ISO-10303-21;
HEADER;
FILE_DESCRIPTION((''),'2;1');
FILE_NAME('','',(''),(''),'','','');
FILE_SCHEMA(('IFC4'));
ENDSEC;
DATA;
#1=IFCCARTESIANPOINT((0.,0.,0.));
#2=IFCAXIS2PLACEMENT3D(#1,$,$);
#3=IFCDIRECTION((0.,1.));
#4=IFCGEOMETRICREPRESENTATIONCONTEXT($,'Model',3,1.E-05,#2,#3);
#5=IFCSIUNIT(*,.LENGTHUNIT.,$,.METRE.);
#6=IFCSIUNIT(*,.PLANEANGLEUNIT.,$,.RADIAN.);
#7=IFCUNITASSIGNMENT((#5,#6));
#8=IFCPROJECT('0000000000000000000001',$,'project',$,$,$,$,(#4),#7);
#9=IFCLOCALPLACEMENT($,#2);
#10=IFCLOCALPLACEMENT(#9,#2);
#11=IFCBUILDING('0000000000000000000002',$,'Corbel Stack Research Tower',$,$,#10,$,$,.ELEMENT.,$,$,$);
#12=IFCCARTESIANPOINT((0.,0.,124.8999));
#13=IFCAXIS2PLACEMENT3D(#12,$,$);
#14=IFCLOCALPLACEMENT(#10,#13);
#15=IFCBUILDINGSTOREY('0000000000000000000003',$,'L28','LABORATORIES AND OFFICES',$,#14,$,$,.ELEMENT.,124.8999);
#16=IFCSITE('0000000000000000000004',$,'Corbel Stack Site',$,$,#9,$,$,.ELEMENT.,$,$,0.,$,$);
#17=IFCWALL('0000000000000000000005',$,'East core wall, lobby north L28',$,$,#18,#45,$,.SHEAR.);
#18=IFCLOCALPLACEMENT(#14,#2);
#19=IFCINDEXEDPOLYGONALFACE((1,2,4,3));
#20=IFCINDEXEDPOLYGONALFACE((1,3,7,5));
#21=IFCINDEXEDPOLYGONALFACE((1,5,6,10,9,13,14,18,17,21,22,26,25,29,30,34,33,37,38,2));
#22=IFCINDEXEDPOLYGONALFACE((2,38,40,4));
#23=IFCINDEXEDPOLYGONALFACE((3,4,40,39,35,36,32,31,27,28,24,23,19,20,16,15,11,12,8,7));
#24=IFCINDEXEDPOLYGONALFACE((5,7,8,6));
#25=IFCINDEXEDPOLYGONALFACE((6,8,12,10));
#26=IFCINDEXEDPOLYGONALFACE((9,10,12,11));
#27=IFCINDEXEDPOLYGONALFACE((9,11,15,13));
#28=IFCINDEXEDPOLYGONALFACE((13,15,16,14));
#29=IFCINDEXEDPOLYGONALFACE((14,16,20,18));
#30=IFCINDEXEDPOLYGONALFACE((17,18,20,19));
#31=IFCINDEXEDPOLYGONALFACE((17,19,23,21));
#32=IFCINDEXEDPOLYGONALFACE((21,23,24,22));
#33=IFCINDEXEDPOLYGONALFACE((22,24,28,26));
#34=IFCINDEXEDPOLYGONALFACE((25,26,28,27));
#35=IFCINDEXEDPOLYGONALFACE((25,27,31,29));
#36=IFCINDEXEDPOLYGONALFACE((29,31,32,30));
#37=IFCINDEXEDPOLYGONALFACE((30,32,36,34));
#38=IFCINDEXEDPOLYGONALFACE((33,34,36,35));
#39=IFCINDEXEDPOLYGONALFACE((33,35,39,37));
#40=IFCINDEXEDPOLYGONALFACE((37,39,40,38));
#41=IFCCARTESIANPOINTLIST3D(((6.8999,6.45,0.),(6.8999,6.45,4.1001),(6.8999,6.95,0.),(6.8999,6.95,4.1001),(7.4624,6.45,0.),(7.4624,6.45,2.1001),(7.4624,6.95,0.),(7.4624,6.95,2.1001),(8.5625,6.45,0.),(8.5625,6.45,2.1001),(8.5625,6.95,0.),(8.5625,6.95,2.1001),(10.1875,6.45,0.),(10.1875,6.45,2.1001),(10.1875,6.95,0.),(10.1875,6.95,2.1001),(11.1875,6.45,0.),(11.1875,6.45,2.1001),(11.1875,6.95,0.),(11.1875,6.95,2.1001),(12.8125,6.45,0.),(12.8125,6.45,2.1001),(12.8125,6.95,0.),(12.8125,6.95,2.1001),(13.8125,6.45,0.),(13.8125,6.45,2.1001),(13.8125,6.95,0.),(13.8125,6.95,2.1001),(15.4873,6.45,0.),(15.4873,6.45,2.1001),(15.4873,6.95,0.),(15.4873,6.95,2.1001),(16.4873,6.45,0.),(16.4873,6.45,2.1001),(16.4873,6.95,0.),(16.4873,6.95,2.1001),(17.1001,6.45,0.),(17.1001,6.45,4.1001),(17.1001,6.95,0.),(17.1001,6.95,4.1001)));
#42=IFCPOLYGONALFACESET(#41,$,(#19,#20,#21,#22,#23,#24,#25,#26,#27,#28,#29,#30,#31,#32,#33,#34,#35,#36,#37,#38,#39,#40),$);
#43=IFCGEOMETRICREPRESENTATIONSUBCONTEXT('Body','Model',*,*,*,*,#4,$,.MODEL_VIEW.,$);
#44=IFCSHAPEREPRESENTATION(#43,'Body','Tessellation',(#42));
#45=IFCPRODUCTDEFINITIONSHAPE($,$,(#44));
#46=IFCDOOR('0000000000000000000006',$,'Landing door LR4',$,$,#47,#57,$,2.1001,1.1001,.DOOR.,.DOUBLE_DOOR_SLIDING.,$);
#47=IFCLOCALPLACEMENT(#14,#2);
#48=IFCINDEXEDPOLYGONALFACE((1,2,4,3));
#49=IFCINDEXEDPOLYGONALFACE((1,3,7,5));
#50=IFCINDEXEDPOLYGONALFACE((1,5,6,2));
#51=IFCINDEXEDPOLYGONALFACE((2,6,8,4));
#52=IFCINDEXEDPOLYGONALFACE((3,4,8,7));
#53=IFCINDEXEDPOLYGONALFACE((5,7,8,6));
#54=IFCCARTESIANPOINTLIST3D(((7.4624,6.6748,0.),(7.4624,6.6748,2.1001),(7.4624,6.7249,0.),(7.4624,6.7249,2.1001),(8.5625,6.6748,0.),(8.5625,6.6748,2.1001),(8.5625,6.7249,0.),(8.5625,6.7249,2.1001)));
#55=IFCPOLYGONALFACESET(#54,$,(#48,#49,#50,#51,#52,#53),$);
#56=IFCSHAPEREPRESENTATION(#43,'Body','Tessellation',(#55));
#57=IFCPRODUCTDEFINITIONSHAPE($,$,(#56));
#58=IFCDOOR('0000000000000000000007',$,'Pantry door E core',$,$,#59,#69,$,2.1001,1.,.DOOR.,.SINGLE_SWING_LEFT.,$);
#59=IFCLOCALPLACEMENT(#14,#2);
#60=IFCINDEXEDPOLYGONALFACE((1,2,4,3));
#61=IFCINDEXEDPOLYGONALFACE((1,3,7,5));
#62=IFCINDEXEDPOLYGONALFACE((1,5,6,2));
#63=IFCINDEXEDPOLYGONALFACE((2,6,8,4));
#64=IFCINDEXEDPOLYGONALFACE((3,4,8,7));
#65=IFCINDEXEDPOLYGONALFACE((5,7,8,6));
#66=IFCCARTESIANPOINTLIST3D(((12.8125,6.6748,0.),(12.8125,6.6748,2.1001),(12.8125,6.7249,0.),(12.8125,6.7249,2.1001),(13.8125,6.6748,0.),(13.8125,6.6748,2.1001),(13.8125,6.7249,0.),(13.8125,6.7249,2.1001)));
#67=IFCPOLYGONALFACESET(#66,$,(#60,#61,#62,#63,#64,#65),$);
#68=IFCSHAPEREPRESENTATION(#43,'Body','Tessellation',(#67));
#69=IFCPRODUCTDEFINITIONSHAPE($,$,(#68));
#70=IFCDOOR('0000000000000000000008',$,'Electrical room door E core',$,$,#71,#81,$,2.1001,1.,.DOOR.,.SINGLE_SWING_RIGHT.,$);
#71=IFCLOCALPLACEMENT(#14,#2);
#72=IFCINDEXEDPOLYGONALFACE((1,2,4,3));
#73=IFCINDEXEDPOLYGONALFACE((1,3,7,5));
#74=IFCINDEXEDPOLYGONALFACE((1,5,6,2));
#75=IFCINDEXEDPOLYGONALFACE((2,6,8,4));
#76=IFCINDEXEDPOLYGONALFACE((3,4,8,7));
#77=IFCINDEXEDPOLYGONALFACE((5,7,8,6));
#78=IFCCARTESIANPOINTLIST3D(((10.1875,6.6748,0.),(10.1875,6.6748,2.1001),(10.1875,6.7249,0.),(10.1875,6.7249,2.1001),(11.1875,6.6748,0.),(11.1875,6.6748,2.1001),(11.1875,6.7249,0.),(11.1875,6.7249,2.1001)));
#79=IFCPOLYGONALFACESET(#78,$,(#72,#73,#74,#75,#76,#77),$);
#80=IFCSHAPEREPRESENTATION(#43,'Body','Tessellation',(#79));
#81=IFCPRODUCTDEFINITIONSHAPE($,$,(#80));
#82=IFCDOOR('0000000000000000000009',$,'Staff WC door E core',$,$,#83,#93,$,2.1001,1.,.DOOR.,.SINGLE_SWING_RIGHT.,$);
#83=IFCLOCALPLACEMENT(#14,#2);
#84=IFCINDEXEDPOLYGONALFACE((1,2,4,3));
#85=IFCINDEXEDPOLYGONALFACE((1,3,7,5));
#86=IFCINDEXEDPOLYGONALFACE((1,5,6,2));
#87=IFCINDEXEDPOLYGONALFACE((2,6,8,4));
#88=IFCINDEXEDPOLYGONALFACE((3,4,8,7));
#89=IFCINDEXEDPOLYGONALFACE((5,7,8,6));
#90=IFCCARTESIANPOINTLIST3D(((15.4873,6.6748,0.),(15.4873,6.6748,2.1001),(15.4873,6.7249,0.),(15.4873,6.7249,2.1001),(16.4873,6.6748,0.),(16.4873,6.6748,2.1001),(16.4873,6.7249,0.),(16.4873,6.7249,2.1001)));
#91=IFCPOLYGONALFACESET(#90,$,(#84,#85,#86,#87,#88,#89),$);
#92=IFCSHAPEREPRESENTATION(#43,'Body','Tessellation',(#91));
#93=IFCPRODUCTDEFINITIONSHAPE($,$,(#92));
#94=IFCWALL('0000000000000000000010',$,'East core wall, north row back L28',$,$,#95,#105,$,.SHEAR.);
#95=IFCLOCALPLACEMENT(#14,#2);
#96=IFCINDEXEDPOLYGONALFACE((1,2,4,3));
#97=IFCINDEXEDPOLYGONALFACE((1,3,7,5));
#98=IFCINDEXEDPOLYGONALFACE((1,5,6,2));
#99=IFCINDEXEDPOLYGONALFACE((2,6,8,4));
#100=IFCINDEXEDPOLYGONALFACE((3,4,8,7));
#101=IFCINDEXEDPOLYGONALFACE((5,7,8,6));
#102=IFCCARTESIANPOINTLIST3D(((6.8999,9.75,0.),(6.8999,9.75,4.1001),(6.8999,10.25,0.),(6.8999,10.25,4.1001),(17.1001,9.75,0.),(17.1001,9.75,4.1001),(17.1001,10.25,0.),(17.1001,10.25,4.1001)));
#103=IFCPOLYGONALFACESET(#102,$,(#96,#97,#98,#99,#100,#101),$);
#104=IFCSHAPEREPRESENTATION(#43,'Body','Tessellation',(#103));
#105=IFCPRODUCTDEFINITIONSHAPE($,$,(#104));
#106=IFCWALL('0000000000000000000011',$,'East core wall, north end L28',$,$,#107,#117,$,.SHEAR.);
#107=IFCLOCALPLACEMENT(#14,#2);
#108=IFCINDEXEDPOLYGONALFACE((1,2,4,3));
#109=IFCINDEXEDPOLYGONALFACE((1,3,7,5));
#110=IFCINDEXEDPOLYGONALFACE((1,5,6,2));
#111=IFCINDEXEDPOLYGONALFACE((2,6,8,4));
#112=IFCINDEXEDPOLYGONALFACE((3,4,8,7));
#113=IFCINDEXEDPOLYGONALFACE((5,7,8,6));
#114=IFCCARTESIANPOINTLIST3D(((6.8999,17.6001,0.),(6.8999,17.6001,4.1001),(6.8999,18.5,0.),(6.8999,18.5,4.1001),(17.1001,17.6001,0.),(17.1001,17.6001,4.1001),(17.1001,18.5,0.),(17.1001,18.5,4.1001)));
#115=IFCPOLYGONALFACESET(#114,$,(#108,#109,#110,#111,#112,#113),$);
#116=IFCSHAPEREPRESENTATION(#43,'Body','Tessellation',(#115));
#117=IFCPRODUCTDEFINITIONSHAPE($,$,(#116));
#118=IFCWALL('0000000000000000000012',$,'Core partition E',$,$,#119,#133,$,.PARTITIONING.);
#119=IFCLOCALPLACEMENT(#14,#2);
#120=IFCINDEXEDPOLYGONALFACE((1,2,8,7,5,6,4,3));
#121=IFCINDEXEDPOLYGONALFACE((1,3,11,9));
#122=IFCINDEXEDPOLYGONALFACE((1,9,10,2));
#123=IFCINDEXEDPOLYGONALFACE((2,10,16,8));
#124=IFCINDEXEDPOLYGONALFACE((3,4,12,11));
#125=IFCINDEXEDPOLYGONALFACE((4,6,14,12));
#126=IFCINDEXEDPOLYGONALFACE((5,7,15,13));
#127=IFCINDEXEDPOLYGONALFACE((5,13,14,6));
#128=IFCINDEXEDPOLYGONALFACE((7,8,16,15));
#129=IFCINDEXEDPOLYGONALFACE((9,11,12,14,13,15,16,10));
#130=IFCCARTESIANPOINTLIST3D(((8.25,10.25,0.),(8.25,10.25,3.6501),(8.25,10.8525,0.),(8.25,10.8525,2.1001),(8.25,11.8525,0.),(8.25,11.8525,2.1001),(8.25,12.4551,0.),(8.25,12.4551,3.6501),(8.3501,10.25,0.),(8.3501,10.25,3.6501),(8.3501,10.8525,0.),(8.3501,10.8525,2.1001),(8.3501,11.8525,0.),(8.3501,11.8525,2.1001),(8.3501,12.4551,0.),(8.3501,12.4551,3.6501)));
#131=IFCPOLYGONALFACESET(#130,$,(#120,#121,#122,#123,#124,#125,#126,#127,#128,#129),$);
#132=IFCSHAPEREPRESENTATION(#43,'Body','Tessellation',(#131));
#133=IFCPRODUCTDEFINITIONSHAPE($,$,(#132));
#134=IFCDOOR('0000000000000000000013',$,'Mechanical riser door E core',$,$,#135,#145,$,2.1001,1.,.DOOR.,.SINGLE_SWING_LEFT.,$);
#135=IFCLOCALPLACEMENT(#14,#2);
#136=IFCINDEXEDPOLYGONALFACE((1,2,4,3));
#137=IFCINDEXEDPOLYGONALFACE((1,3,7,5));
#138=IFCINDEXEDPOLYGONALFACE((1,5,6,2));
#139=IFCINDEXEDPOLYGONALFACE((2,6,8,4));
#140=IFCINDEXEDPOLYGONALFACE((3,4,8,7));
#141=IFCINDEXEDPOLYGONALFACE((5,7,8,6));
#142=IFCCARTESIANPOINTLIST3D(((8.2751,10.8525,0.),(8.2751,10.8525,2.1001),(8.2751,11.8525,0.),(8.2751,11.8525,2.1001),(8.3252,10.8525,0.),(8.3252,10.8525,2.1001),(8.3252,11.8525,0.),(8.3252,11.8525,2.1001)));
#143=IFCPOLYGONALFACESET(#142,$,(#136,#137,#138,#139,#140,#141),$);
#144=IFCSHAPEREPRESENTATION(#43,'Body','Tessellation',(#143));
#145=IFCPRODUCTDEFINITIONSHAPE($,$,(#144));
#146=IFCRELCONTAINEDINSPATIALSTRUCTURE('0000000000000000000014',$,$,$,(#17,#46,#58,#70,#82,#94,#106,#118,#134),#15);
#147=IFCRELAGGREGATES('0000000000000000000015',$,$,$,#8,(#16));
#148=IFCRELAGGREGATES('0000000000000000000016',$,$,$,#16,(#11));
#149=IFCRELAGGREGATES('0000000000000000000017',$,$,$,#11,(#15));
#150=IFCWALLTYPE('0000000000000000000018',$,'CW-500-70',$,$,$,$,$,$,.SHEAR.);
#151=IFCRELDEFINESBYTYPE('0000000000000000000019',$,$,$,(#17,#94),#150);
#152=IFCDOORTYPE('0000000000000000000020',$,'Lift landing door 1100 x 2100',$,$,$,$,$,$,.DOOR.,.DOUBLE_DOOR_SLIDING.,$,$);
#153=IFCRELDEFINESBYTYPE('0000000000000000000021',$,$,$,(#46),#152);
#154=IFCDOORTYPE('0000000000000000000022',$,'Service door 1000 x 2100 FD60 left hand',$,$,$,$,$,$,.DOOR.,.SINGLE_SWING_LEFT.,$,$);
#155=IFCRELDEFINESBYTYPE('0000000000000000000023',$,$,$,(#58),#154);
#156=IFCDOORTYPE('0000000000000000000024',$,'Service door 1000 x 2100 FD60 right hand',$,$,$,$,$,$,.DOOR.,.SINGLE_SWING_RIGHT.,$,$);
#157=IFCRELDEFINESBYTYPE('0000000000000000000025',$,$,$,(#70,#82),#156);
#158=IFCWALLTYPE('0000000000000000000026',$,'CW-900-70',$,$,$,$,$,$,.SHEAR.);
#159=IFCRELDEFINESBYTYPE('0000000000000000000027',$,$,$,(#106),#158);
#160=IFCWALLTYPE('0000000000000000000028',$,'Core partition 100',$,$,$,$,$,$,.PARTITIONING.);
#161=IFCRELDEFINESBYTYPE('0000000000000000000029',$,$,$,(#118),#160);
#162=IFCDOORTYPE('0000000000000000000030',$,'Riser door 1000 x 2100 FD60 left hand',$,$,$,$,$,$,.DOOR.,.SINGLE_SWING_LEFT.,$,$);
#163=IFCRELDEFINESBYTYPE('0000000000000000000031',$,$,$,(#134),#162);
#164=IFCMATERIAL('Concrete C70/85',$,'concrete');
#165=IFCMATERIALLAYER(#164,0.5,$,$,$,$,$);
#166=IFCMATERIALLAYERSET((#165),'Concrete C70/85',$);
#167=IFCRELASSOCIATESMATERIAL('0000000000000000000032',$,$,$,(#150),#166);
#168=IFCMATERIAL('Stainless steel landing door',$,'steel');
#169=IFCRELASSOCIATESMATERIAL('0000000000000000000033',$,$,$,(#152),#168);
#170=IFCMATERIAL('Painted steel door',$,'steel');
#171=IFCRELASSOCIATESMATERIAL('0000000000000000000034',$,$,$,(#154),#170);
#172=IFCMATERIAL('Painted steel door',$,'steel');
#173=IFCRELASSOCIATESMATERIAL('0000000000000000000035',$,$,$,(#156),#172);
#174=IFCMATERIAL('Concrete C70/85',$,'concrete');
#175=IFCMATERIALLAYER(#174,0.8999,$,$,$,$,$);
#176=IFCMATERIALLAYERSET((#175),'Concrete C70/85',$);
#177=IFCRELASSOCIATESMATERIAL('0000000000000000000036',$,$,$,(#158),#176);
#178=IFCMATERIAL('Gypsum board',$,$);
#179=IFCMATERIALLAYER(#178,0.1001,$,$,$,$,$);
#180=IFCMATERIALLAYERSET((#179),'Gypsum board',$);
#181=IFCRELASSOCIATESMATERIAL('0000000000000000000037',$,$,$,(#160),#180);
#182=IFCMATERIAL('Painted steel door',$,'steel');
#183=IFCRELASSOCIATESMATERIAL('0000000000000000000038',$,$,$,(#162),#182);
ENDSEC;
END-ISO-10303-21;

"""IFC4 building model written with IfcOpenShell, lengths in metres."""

from ifc_helpers import new_model, si_unit, direction, frame, frame_2d, origin, place, context, subcontext, project, spatial, rectangle, extrude, material, layer, layer_set, type_object, element, fill, save


model = new_model("IFC4")

# Units and contexts
model_context = context("Model", 3, precision=1e-05, world=origin(), true_north=direction((0.0, 1.0)))
body_context = subcontext(model_context, "Body", "Model", "MODEL_VIEW")
ifc_project = project(units=[si_unit("LENGTHUNIT", "METRE"), si_unit("PLANEANGLEUNIT", "RADIAN")], contexts=[model_context])

# Site, building, storey
site_placement = place(None, origin())
site = spatial("IfcSite", under=ifc_project, at=site_placement, Name="Corbel Stack Site", CompositionType="ELEMENT", RefElevation=0.0)
building_placement = place(site_placement, origin())
building = spatial("IfcBuilding", under=site, at=building_placement, Name="Corbel Stack Research Tower", CompositionType="ELEMENT")
storey_placement = place(building_placement, frame((0.0, 0.0, 124.8999)))
storey = spatial("IfcBuildingStorey", under=building, at=storey_placement, Name="L28", Description="LABORATORIES AND OFFICES", CompositionType="ELEMENT", Elevation=124.8999)

# Wall, openings, doors
ifc_material_1 = material(Name="Concrete C70/85", Category="concrete")
ifc_layer_1 = layer(ifc_material_1, 0.5)
ifc_layer_set_1 = layer_set([ifc_layer_1], Name="Concrete C70/85")
wall_type_1 = type_object("IfcWallType", Name="CW-500-70", PredefinedType="SHEAR", material=ifc_layer_set_1)
wall_1_placement = place(storey_placement, frame((6.8999, 6.7, 0.0), z_axis=(0.0, 0.0, 1.0), x_axis=(1.0, 0.0, 0.0)))
wall_1 = element("IfcWall", 1, at=wall_1_placement, inside=storey, type_object=wall_type_1, Name="East core wall, lobby north L28", PredefinedType="SHEAR", context=body_context, shape_type="SweptSolid", body=[
    extrude(rectangle(XDim=10.2002, YDim=0.5, at=frame_2d((5.1001, 0.0))), origin(), (0.0, 0.0, 1.0), 4.1001),
])
opening_1_placement = place(wall_1_placement, frame((0.5625, 0.0, 0.0)))
opening_1 = element("IfcOpeningElement", 2, at=opening_1_placement, cuts=wall_1, PredefinedType="OPENING", context=body_context, shape_type="SweptSolid", body=[
    extrude(rectangle(XDim=1.1001, YDim=2.1001, at=frame_2d((0.55, 1.05))), frame((0.0, 0.26, 0.0), z_axis=(0.0, -1.0, 0.0), x_axis=(1.0, 0.0, 0.0)), (0.0, 0.0, 1.0), 0.52),
])
opening_2_placement = place(wall_1_placement, frame((3.2876, 0.0, 0.0)))
opening_2 = element("IfcOpeningElement", 3, at=opening_2_placement, cuts=wall_1, PredefinedType="OPENING", context=body_context, shape_type="SweptSolid", body=[
    extrude(rectangle(XDim=1.0, YDim=2.1001, at=frame_2d((0.5, 1.05))), frame((0.0, 0.26, 0.0), z_axis=(0.0, -1.0, 0.0), x_axis=(1.0, 0.0, 0.0)), (0.0, 0.0, 1.0), 0.52),
])
opening_3_placement = place(wall_1_placement, frame((5.9126, 0.0, 0.0)))
opening_3 = element("IfcOpeningElement", 4, at=opening_3_placement, cuts=wall_1, PredefinedType="OPENING", context=body_context, shape_type="SweptSolid", body=[
    extrude(rectangle(XDim=1.0, YDim=2.1001, at=frame_2d((0.5, 1.05))), frame((0.0, 0.26, 0.0), z_axis=(0.0, -1.0, 0.0), x_axis=(1.0, 0.0, 0.0)), (0.0, 0.0, 1.0), 0.52),
])
opening_4_placement = place(wall_1_placement, frame((8.5874, 0.0, 0.0)))
opening_4 = element("IfcOpeningElement", 5, at=opening_4_placement, cuts=wall_1, PredefinedType="OPENING", context=body_context, shape_type="SweptSolid", body=[
    extrude(rectangle(XDim=1.0, YDim=2.1001, at=frame_2d((0.5, 1.05))), frame((0.0, 0.26, 0.0), z_axis=(0.0, -1.0, 0.0), x_axis=(1.0, 0.0, 0.0)), (0.0, 0.0, 1.0), 0.52),
])
ifc_material_2 = material(Name="Stainless steel landing door", Category="steel")
door_type_1 = type_object("IfcDoorType", Name="Lift landing door 1100 x 2100", OperationType="DOUBLE_DOOR_SLIDING", PredefinedType="DOOR", material=ifc_material_2)
door_1_placement = place(opening_1_placement, origin())
door_1 = element("IfcDoor", 6, at=door_1_placement, inside=storey, type_object=door_type_1, Name="Landing door LR4", OperationType="DOUBLE_DOOR_SLIDING", OverallHeight=2.1001, OverallWidth=1.1001, PredefinedType="DOOR", context=body_context, shape_type="SweptSolid", body=[
    extrude(rectangle(XDim=1.1001, YDim=2.1001, at=frame_2d((0.55, 1.05))), frame((0.0, 0.0249, 0.0), z_axis=(0.0, -1.0, 0.0), x_axis=(1.0, 0.0, 0.0)), (0.0, 0.0, 1.0), 0.05),
])
fill(opening_1, door_1)
ifc_material_3 = material(Name="Painted steel door", Category="steel")
door_type_2 = type_object("IfcDoorType", Name="Service door 1000 x 2100 FD60 left hand", OperationType="SINGLE_SWING_LEFT", PredefinedType="DOOR", material=ifc_material_3)
door_2_placement = place(opening_3_placement, origin())
door_2 = element("IfcDoor", 7, at=door_2_placement, inside=storey, type_object=door_type_2, Name="Pantry door E core", OperationType="SINGLE_SWING_LEFT", OverallHeight=2.1001, OverallWidth=1.0, PredefinedType="DOOR", context=body_context, shape_type="SweptSolid", body=[
    extrude(rectangle(XDim=1.0, YDim=2.1001, at=frame_2d((0.5, 1.05))), frame((0.0, 0.0249, 0.0), z_axis=(0.0, -1.0, 0.0), x_axis=(1.0, 0.0, 0.0)), (0.0, 0.0, 1.0), 0.05),
])
fill(opening_3, door_2)
ifc_material_4 = material(Name="Painted steel door", Category="steel")
door_type_3 = type_object("IfcDoorType", Name="Service door 1000 x 2100 FD60 right hand", OperationType="SINGLE_SWING_RIGHT", PredefinedType="DOOR", material=ifc_material_4)
door_3_placement = place(opening_2_placement, origin())
door_3 = element("IfcDoor", 8, at=door_3_placement, inside=storey, type_object=door_type_3, Name="Electrical room door E core", OperationType="SINGLE_SWING_RIGHT", OverallHeight=2.1001, OverallWidth=1.0, PredefinedType="DOOR", context=body_context, shape_type="SweptSolid", body=[
    extrude(rectangle(XDim=1.0, YDim=2.1001, at=frame_2d((0.5, 1.05))), frame((0.0, 0.0249, 0.0), z_axis=(0.0, -1.0, 0.0), x_axis=(1.0, 0.0, 0.0)), (0.0, 0.0, 1.0), 0.05),
])
fill(opening_2, door_3)
door_4_placement = place(opening_4_placement, origin())
door_4 = element("IfcDoor", 9, at=door_4_placement, inside=storey, type_object=door_type_3, Name="Staff WC door E core", OperationType="SINGLE_SWING_RIGHT", OverallHeight=2.1001, OverallWidth=1.0, PredefinedType="DOOR", context=body_context, shape_type="SweptSolid", body=[
    extrude(rectangle(XDim=1.0, YDim=2.1001, at=frame_2d((0.5, 1.05))), frame((0.0, 0.0249, 0.0), z_axis=(0.0, -1.0, 0.0), x_axis=(1.0, 0.0, 0.0)), (0.0, 0.0, 1.0), 0.05),
])
fill(opening_4, door_4)

# Walls
wall_2_placement = place(storey_placement, frame((6.8999, 10.0, 0.0), z_axis=(0.0, 0.0, 1.0), x_axis=(1.0, 0.0, 0.0)))
element("IfcWall", 10, at=wall_2_placement, inside=storey, type_object=wall_type_1, Name="East core wall, north row back L28", PredefinedType="SHEAR", context=body_context, shape_type="SweptSolid", body=[
    extrude(rectangle(XDim=10.2002, YDim=0.5, at=frame_2d((5.1001, 0.0))), origin(), (0.0, 0.0, 1.0), 4.1001),
])
ifc_material_5 = material(Name="Concrete C70/85", Category="concrete")
ifc_layer_2 = layer(ifc_material_5, 0.8999)
ifc_layer_set_2 = layer_set([ifc_layer_2], Name="Concrete C70/85")
wall_type_2 = type_object("IfcWallType", Name="CW-900-70", PredefinedType="SHEAR", material=ifc_layer_set_2)
wall_3_placement = place(storey_placement, frame((6.8999, 18.05, 0.0), z_axis=(0.0, 0.0, 1.0), x_axis=(1.0, 0.0, 0.0)))
element("IfcWall", 11, at=wall_3_placement, inside=storey, type_object=wall_type_2, Name="East core wall, north end L28", PredefinedType="SHEAR", context=body_context, shape_type="SweptSolid", body=[
    extrude(rectangle(XDim=10.2002, YDim=0.8999, at=frame_2d((5.1001, 0.0))), origin(), (0.0, 0.0, 1.0), 4.1001),
])

# Wall, opening, door
ifc_material_6 = material(Name="Gypsum board")
ifc_layer_3 = layer(ifc_material_6, 0.1001)
ifc_layer_set_3 = layer_set([ifc_layer_3], Name="Gypsum board")
wall_type_3 = type_object("IfcWallType", Name="Core partition 100", PredefinedType="PARTITIONING", material=ifc_layer_set_3)
wall_4_placement = place(storey_placement, frame((8.3, 10.25, 0.0), z_axis=(0.0, 0.0, 1.0), x_axis=(0.0, 1.0, 0.0)))
wall_4 = element("IfcWall", 12, at=wall_4_placement, inside=storey, type_object=wall_type_3, Name="Core partition E", PredefinedType="PARTITIONING", context=body_context, shape_type="SweptSolid", body=[
    extrude(rectangle(XDim=2.2051, YDim=0.1001, at=frame_2d((1.1025, 0.0))), origin(), (0.0, 0.0, 1.0), 3.6501),
])
opening_5_placement = place(wall_4_placement, frame((0.6025, 0.0, 0.0)))
opening_5 = element("IfcOpeningElement", 13, at=opening_5_placement, cuts=wall_4, PredefinedType="OPENING", context=body_context, shape_type="SweptSolid", body=[
    extrude(rectangle(XDim=1.0, YDim=2.1001, at=frame_2d((0.5, 1.05))), frame((0.0, 0.0601, 0.0), z_axis=(0.0, -1.0, 0.0), x_axis=(1.0, 0.0, 0.0)), (0.0, 0.0, 1.0), 0.1201),
])
ifc_material_7 = material(Name="Painted steel door", Category="steel")
door_type_4 = type_object("IfcDoorType", Name="Riser door 1000 x 2100 FD60 left hand", OperationType="SINGLE_SWING_LEFT", PredefinedType="DOOR", material=ifc_material_7)
door_5_placement = place(opening_5_placement, origin())
door_5 = element("IfcDoor", 14, at=door_5_placement, inside=storey, type_object=door_type_4, Name="Mechanical riser door E core", OperationType="SINGLE_SWING_LEFT", OverallHeight=2.1001, OverallWidth=1.0, PredefinedType="DOOR", context=body_context, shape_type="SweptSolid", body=[
    extrude(rectangle(XDim=1.0, YDim=2.1001, at=frame_2d((0.5, 1.05))), frame((0.0, 0.0249, 0.0), z_axis=(0.0, -1.0, 0.0), x_axis=(1.0, 0.0, 0.0)), (0.0, 0.0, 1.0), 0.05),
])
fill(opening_5, door_5)

save(model, "model.ifc")
